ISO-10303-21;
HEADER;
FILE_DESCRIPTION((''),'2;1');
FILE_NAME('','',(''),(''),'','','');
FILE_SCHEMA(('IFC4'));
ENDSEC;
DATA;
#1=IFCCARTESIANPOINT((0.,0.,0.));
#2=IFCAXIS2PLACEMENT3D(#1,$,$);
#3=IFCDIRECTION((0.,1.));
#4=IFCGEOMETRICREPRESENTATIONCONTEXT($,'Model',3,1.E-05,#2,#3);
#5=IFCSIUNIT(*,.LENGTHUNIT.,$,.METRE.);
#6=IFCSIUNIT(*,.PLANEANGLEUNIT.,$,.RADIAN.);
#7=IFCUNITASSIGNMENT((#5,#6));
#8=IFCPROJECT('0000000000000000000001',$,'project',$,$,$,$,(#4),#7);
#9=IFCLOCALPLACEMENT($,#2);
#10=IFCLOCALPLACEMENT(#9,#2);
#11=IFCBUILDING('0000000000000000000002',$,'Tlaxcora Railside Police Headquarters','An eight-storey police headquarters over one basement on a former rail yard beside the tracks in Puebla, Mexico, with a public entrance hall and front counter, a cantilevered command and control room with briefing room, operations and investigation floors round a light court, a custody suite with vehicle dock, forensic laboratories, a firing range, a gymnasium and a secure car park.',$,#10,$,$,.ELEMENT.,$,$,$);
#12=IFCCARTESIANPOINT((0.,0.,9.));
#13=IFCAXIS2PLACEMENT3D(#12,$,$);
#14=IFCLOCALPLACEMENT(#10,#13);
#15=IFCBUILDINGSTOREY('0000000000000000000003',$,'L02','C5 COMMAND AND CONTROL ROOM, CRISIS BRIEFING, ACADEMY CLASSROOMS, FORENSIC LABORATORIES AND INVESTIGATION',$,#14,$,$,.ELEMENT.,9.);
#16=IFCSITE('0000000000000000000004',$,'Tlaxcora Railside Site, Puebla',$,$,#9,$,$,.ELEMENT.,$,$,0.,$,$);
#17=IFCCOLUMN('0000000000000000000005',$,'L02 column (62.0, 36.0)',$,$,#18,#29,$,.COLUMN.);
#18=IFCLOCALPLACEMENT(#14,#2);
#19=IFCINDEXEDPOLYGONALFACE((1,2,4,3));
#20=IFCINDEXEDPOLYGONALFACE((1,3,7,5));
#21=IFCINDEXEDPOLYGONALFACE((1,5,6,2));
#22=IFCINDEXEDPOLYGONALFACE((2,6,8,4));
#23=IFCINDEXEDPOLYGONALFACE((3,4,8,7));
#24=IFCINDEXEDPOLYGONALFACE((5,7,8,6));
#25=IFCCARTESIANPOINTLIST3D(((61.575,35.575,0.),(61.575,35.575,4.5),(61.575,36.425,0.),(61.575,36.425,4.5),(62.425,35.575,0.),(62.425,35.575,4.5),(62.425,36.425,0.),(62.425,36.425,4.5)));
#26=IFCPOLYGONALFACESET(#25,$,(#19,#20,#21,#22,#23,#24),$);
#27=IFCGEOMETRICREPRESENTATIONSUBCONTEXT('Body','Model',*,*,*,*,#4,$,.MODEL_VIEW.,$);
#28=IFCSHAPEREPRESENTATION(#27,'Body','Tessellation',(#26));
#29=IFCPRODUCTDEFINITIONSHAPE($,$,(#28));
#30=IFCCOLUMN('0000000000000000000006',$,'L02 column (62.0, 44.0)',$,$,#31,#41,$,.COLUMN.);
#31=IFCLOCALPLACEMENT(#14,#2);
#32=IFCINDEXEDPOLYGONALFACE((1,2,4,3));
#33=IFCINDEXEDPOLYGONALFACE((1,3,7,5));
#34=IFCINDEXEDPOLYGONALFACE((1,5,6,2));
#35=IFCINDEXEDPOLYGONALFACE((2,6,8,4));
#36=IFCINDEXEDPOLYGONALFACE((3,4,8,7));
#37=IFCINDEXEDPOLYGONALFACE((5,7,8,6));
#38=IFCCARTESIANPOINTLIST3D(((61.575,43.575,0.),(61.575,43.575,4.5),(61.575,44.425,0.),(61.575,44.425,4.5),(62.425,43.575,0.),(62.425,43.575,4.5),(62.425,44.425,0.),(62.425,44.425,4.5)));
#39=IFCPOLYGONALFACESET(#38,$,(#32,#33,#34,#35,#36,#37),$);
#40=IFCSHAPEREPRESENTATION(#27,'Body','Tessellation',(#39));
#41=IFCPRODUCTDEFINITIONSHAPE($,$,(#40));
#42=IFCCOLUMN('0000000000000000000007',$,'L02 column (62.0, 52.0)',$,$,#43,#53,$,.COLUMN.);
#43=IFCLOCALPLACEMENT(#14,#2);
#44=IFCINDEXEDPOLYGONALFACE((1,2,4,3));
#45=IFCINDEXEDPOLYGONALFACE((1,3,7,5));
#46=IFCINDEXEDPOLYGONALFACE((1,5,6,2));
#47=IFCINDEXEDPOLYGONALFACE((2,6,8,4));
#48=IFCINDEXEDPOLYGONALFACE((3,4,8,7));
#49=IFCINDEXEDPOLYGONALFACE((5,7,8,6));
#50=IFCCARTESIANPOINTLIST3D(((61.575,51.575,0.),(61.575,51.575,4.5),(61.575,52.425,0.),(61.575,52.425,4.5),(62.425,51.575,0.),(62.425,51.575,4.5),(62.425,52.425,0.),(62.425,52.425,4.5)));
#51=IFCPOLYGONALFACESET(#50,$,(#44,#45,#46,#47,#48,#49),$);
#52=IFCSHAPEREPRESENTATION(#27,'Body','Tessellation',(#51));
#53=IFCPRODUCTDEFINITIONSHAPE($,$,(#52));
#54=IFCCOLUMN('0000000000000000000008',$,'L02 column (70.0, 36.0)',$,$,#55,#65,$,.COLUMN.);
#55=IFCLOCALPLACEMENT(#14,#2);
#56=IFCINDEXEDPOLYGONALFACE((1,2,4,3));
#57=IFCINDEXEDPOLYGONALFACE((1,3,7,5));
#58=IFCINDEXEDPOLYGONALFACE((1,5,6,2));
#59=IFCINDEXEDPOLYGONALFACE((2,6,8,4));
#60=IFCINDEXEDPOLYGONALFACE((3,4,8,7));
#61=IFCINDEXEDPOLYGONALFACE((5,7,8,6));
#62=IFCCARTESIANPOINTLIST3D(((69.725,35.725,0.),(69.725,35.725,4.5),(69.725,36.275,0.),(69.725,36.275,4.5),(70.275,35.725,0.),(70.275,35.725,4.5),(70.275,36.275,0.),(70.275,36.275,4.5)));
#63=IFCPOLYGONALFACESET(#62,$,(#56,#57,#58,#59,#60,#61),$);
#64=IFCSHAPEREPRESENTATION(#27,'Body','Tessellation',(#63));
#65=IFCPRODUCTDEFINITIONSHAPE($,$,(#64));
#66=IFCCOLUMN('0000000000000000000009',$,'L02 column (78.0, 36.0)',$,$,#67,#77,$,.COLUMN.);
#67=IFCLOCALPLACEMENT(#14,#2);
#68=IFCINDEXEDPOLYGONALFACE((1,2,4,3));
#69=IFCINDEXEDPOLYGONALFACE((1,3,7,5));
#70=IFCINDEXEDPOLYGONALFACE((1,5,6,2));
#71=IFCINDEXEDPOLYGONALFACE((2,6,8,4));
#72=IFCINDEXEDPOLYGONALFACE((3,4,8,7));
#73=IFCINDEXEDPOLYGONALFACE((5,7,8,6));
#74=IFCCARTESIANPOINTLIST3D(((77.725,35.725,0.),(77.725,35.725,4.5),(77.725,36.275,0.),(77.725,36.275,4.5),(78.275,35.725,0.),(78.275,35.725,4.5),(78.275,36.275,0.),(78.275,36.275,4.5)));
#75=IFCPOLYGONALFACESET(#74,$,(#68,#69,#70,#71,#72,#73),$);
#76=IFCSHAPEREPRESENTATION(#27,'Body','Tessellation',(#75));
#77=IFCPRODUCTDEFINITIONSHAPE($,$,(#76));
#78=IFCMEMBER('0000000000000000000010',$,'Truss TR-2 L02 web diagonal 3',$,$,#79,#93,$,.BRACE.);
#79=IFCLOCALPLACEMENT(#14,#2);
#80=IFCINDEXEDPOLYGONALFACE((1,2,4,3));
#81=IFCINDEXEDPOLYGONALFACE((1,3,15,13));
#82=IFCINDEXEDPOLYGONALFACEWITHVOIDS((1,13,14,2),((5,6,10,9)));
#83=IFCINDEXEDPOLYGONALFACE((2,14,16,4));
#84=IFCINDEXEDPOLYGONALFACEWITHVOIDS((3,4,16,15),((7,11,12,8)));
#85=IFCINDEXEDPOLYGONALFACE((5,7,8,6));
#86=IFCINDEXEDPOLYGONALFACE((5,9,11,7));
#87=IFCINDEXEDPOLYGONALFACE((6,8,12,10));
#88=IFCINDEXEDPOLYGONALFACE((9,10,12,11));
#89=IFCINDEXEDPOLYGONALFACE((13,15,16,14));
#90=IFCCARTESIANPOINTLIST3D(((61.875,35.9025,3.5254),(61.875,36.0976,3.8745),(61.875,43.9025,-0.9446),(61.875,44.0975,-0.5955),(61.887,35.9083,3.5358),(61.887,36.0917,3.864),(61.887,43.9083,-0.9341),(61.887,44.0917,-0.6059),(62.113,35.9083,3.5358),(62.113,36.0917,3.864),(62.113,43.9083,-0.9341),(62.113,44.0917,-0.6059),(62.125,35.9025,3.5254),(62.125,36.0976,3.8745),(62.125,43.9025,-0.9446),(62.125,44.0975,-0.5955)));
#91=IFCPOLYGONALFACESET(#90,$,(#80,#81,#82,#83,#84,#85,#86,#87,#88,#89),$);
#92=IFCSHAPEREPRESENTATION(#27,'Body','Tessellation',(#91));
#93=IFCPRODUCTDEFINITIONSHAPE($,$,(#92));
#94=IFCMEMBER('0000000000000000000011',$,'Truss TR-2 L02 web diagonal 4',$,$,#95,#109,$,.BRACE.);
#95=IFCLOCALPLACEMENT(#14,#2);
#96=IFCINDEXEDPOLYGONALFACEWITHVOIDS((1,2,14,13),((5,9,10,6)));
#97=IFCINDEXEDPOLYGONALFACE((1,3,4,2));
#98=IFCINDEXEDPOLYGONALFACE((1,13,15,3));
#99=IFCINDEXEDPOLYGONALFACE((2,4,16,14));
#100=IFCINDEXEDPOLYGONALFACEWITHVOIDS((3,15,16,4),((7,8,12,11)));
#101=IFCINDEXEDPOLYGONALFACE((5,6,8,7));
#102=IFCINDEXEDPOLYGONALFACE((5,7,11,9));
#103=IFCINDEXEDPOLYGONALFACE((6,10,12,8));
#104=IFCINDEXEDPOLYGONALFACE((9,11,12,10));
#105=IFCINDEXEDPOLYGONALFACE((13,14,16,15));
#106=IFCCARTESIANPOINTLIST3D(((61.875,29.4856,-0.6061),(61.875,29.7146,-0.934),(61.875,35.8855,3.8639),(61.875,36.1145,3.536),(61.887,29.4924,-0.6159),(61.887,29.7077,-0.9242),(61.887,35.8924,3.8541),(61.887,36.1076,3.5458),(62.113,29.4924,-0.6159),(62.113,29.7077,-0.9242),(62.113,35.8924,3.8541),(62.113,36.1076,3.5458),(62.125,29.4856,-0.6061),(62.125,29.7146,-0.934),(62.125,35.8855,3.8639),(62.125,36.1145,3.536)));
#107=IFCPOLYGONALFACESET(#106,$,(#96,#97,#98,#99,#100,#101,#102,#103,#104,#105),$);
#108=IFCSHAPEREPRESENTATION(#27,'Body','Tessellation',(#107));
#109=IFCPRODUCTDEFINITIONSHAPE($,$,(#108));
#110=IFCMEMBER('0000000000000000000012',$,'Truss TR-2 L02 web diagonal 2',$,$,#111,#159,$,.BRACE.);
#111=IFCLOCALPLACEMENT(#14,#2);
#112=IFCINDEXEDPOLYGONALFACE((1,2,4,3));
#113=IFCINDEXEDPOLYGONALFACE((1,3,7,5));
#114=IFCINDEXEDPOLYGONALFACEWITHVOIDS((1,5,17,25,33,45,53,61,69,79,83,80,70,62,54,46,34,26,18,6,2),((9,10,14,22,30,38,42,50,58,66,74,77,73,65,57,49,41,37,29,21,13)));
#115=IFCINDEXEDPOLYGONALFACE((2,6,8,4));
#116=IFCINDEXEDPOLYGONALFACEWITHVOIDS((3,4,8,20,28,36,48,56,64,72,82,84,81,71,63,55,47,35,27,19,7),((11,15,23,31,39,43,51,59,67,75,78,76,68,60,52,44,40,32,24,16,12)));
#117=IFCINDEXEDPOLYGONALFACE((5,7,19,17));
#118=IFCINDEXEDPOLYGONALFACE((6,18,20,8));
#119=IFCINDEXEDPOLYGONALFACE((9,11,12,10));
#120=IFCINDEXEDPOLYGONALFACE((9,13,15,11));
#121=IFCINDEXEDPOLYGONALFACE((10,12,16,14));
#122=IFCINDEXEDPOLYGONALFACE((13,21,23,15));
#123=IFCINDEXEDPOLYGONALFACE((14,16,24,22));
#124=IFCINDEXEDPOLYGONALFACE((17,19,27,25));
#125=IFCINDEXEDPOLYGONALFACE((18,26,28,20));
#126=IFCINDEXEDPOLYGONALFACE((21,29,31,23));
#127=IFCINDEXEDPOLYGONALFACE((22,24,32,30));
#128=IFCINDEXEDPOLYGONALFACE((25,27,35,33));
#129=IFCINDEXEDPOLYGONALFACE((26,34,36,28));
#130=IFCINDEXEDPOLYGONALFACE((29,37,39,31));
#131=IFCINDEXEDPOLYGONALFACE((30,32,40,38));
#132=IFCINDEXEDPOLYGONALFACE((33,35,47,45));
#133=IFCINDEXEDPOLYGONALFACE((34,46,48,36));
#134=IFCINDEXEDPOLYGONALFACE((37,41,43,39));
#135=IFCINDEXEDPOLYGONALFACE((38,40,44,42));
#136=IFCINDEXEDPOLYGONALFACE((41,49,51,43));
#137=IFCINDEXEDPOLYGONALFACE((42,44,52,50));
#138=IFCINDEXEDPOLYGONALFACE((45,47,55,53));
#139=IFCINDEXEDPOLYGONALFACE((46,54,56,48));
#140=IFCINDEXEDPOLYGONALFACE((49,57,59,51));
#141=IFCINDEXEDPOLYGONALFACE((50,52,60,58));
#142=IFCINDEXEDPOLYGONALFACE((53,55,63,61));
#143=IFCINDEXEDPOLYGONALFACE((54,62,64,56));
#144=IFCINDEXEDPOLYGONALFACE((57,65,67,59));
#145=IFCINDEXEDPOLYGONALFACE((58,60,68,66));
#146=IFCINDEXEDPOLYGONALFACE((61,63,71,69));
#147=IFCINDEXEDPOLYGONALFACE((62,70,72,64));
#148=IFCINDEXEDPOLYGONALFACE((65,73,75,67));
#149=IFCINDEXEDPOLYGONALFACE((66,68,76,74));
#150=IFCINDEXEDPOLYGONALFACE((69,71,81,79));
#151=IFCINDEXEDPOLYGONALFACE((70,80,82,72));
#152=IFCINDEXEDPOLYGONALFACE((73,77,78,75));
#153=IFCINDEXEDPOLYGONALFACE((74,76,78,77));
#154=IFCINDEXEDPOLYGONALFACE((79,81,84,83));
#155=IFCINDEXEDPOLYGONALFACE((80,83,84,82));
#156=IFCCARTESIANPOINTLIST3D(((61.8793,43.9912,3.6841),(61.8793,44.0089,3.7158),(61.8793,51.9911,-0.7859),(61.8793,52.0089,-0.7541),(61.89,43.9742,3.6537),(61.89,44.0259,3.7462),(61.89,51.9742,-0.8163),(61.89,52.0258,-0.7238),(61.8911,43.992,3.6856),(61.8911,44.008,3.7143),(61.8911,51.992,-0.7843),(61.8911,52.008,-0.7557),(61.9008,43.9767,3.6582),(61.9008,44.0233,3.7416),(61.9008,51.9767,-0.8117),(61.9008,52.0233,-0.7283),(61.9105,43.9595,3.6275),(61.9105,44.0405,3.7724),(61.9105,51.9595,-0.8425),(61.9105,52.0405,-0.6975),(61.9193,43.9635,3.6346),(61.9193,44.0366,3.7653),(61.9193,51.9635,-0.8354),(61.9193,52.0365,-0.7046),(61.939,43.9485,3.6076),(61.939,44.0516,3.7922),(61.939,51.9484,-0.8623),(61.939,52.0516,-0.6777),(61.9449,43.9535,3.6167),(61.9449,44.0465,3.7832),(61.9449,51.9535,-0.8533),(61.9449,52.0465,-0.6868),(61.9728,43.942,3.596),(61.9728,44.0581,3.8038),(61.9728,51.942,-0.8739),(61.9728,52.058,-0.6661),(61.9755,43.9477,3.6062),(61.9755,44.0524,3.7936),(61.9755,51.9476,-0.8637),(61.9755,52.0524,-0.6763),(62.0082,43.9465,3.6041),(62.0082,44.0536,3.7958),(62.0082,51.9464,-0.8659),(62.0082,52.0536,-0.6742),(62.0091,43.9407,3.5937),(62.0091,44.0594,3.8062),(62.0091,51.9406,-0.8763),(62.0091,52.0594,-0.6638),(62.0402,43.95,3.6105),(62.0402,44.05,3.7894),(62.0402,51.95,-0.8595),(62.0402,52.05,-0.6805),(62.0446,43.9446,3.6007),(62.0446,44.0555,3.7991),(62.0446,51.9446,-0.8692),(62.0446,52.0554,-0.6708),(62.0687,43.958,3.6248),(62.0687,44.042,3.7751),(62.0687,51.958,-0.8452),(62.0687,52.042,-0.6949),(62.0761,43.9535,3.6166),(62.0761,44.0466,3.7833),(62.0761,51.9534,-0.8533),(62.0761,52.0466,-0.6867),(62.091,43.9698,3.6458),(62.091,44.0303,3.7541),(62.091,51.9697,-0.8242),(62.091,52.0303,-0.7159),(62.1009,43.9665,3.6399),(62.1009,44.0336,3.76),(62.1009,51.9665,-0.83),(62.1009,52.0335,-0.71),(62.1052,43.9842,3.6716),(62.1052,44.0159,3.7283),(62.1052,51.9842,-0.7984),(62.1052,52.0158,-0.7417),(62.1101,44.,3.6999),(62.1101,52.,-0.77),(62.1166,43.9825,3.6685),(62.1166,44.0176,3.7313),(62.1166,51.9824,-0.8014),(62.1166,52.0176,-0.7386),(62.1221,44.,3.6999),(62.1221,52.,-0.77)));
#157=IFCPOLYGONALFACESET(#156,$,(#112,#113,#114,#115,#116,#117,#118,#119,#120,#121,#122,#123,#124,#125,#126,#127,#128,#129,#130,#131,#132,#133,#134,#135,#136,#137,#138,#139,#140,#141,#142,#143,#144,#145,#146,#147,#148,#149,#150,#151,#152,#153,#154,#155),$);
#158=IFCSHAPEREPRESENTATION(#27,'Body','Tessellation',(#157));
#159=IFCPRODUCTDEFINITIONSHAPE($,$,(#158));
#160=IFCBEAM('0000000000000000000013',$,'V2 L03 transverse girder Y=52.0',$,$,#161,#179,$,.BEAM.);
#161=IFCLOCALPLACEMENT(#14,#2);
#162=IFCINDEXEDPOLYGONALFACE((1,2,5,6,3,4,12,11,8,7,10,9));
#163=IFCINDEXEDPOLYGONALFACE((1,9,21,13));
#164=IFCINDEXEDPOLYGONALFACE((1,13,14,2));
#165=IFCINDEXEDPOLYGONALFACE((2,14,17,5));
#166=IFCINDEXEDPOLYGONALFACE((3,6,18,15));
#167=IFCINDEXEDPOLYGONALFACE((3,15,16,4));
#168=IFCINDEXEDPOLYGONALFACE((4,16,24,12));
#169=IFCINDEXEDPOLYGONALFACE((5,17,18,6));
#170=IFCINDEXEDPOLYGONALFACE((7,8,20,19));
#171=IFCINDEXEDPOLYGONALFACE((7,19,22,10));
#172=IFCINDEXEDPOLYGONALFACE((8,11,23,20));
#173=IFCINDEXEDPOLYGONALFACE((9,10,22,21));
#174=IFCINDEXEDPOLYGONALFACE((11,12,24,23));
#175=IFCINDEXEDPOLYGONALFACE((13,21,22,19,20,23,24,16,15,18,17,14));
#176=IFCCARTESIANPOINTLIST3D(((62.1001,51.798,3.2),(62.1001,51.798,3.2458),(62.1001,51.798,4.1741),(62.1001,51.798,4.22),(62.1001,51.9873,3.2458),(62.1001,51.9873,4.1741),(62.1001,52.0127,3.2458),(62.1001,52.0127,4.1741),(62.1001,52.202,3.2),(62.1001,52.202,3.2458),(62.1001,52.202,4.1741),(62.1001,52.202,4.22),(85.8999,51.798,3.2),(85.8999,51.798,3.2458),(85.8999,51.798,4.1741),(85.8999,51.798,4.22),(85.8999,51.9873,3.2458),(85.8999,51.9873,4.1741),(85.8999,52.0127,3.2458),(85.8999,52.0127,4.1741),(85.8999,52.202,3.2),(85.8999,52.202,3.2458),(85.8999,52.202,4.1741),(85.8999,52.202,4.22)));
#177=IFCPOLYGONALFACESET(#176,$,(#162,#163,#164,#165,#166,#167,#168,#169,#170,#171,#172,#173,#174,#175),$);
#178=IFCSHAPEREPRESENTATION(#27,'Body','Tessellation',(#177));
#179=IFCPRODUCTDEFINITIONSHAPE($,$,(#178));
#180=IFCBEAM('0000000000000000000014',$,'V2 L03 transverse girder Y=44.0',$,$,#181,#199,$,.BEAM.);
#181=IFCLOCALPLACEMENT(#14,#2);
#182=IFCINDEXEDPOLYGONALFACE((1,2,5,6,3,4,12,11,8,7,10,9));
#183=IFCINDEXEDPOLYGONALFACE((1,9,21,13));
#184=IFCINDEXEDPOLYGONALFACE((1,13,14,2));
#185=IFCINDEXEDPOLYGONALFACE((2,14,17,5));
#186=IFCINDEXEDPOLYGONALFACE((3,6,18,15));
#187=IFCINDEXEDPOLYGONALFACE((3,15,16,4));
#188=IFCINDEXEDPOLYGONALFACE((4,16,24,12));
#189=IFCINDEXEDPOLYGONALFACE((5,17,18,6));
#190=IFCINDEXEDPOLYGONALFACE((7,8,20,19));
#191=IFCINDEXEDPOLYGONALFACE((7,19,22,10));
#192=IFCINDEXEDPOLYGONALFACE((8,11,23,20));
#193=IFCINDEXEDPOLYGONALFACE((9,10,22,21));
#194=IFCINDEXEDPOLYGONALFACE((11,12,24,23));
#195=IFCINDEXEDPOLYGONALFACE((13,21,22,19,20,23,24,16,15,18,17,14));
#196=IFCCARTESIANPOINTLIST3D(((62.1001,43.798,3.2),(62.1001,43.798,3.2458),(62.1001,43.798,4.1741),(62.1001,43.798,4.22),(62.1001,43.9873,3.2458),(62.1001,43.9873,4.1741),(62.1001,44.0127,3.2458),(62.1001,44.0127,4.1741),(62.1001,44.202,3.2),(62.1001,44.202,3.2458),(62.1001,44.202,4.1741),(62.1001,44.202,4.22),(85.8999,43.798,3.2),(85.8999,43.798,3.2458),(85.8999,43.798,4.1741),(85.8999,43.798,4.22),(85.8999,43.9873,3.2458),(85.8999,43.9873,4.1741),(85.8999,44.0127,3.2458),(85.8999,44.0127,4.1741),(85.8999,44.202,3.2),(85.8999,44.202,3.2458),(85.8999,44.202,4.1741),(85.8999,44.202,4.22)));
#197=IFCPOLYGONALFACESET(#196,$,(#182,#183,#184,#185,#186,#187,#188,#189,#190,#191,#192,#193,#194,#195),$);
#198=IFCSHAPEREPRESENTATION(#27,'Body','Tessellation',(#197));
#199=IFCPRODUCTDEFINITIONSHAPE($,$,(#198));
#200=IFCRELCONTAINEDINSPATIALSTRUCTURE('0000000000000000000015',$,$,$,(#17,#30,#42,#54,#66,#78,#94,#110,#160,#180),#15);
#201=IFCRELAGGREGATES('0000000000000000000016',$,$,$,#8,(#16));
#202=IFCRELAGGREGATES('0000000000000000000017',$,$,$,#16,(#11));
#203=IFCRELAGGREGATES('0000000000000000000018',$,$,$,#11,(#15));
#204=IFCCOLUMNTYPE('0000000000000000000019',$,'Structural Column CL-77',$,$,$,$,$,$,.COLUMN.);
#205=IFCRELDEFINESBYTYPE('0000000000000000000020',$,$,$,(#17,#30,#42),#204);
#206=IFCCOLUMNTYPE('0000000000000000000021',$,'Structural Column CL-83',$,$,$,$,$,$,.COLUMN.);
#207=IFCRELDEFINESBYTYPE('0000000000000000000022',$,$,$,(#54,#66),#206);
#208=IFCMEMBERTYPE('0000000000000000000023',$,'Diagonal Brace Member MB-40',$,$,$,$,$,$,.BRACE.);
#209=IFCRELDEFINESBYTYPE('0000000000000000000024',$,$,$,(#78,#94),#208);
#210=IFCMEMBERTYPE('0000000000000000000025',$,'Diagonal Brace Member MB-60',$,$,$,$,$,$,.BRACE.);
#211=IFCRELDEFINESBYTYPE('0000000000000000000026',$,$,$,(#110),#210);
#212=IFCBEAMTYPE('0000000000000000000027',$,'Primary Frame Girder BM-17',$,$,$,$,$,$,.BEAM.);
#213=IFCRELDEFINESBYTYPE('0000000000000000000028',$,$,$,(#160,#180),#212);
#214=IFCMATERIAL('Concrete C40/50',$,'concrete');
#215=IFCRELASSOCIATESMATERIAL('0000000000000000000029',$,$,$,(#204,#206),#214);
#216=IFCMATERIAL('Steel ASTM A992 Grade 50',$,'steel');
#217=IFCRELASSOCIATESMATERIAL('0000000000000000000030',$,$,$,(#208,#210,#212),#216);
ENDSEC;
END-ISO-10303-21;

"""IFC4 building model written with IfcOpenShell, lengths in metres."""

from ifc_helpers import new_model, si_unit, direction, frame, origin, origin_2d, place, context, subcontext, project, spatial, rectangle, hollow_rectangle, hollow_circle, i_section, extrude, material, material_profile, profile_set, type_object, element, save


model = new_model("IFC4")

# Units and contexts
model_context = context("Model", 3, precision=1e-05, world=origin(), true_north=direction((0.0, 1.0)))
body_context = subcontext(model_context, "Body", "Model", "MODEL_VIEW")
ifc_project = project(units=[si_unit("LENGTHUNIT", "METRE"), si_unit("PLANEANGLEUNIT", "RADIAN")], contexts=[model_context])

# Site, building, storey
site_placement = place(None, origin())
site = spatial("IfcSite", under=ifc_project, at=site_placement, Name="Tlaxcora Railside Site, Puebla", CompositionType="ELEMENT", RefElevation=0.0)
building_placement = place(site_placement, origin())
building = spatial("IfcBuilding", under=site, at=building_placement, Name="Tlaxcora Railside Police Headquarters", Description="An eight-storey police headquarters over one basement on a former rail yard beside the tracks in Puebla, Mexico, with a public entrance hall and front counter, a cantilevered command and control room with briefing room, operations and investigation floors round a light court, a custody suite with vehicle dock, forensic laboratories, a firing range, a gymnasium and a secure car park.", CompositionType="ELEMENT")
storey_placement = place(building_placement, frame((0.0, 0.0, 9.0)))
storey = spatial("IfcBuildingStorey", under=building, at=storey_placement, Name="L02", Description="C5 COMMAND AND CONTROL ROOM, CRISIS BRIEFING, ACADEMY CLASSROOMS, FORENSIC LABORATORIES AND INVESTIGATION", CompositionType="ELEMENT", Elevation=9.0)

# Columns
ifc_material_1 = material(Name="Concrete C40/50", Category="concrete")
ifc_material_profile_1 = material_profile(ifc_material_1, rectangle(XDim=0.8501, YDim=0.8501, at=origin_2d()), Name="RC850X850")
ifc_profile_set_1 = profile_set([ifc_material_profile_1], Name="Concrete C40/50")
column_type_1 = type_object("IfcColumnType", Name="Structural Column CL-77", PredefinedType="COLUMN", material=ifc_profile_set_1)
for number, where, z_axis, x_axis, name in (
    (1, (62.0, 36.0, 0.0), (0.0, 0.0, 1.0), (1.0, 0.0, 0.0), "L02 column (62.0, 36.0)"),
    (2, (62.0, 44.0, 0.0), (0.0, 0.0, 1.0), (1.0, 0.0, 0.0), "L02 column (62.0, 44.0)"),
    (3, (62.0, 52.0, 0.0), (0.0, 0.0, 1.0), (1.0, 0.0, 0.0), "L02 column (62.0, 52.0)"),
):
    element("IfcColumn", number, at=place(storey_placement, frame(where, z_axis=z_axis, x_axis=x_axis)), inside=storey, type_object=column_type_1, Name=name, PredefinedType="COLUMN", context=body_context, shape_type="SweptSolid", body=[
        extrude(rectangle(XDim=0.8501, YDim=0.8501, at=origin_2d()), origin(), (0.0, 0.0, 1.0), 4.5),
    ])
ifc_material_profile_2 = material_profile(ifc_material_1, rectangle(XDim=0.55, YDim=0.55, at=origin_2d()), Name="RC550X550")
ifc_profile_set_2 = profile_set([ifc_material_profile_2], Name="Concrete C40/50")
column_type_2 = type_object("IfcColumnType", Name="Structural Column CL-83", PredefinedType="COLUMN", material=ifc_profile_set_2)
for number, where, z_axis, x_axis, name in (
    (4, (70.0, 36.0, 0.0), (0.0, 0.0, 1.0), (1.0, 0.0, 0.0), "L02 column (70.0, 36.0)"),
    (5, (78.0, 36.0, 0.0), (0.0, 0.0, 1.0), (1.0, 0.0, 0.0), "L02 column (78.0, 36.0)"),
):
    element("IfcColumn", number, at=place(storey_placement, frame(where, z_axis=z_axis, x_axis=x_axis)), inside=storey, type_object=column_type_2, Name=name, PredefinedType="COLUMN", context=body_context, shape_type="SweptSolid", body=[
        extrude(rectangle(XDim=0.55, YDim=0.55, at=origin_2d()), origin(), (0.0, 0.0, 1.0), 4.5),
    ])

# Members
ifc_material_2 = material(Name="Steel ASTM A992 Grade 50", Category="steel")
ifc_material_profile_3 = material_profile(ifc_material_2, hollow_rectangle(XDim=0.25, YDim=0.3999, WallThickness=0.012, at=origin_2d()), Name="HSS400X250X12")
ifc_profile_set_3 = profile_set([ifc_material_profile_3], Name="Steel ASTM A992 Grade 50")
member_type_1 = type_object("IfcMemberType", Name="Diagonal Brace Member MB-40", PredefinedType="BRACE", material=ifc_profile_set_3)
member_1_placement = place(storey_placement, frame((62.0, 44.0, -0.77), z_axis=(0.0, -0.872972, 0.48777), x_axis=(1.0, 0.0, 0.0)))
element("IfcMember", 6, at=member_1_placement, inside=storey, type_object=member_type_1, Name="Truss TR-2 L02 web diagonal 3", PredefinedType="BRACE", context=body_context, shape_type="SweptSolid", body=[
    extrude(hollow_rectangle(XDim=0.25, YDim=0.3999, WallThickness=0.012, at=origin_2d()), origin(), (0.0, 0.0, 1.0), 9.1641),
])
member_2_placement = place(storey_placement, frame((62.0, 36.0, 3.7), z_axis=(0.0, -0.819831, -0.572606), x_axis=(1.0, 0.0, 0.0)))
element("IfcMember", 7, at=member_2_placement, inside=storey, type_object=member_type_1, Name="Truss TR-2 L02 web diagonal 4", PredefinedType="BRACE", context=body_context, shape_type="SweptSolid", body=[
    extrude(hollow_rectangle(XDim=0.25, YDim=0.3999, WallThickness=0.012, at=origin_2d()), origin(), (0.0, 0.0, 1.0), 7.8064),
])
ifc_material_profile_4 = material_profile(ifc_material_2, hollow_circle(Radius=0.1221, WallThickness=0.012, at=origin_2d()), Name="CHS244X12")
ifc_profile_set_4 = profile_set([ifc_material_profile_4], Name="Steel ASTM A992 Grade 50")
member_type_2 = type_object("IfcMemberType", Name="Diagonal Brace Member MB-60", PredefinedType="BRACE", material=ifc_profile_set_4)
member_3_placement = place(storey_placement, frame((62.0, 52.0, -0.77), z_axis=(0.0, -0.872972, 0.48777), x_axis=(1.0, 0.0, 0.0)))
element("IfcMember", 8, at=member_3_placement, inside=storey, type_object=member_type_2, Name="Truss TR-2 L02 web diagonal 2", PredefinedType="BRACE", context=body_context, shape_type="SweptSolid", body=[
    extrude(hollow_circle(Radius=0.1221, WallThickness=0.012, at=origin_2d()), origin(), (0.0, 0.0, 1.0), 9.1641),
])

# Beams
ifc_material_profile_5 = material_profile(ifc_material_2, i_section(OverallWidth=0.4041, OverallDepth=1.02, WebThickness=0.0254, FlangeThickness=0.0459, at=origin_2d()), Name="W40X324")
ifc_profile_set_5 = profile_set([ifc_material_profile_5], Name="Steel ASTM A992 Grade 50")
beam_type_1 = type_object("IfcBeamType", Name="Primary Frame Girder BM-17", PredefinedType="BEAM", material=ifc_profile_set_5)
for number, where, z_axis, x_axis, name in (
    (9, (62.1001, 52.0, 3.71), (1.0, 0.0, 0.0), (0.0, 1.0, 0.0), "V2 L03 transverse girder Y=52.0"),
    (10, (62.1001, 44.0, 3.71), (1.0, 0.0, 0.0), (0.0, 1.0, 0.0), "V2 L03 transverse girder Y=44.0"),
):
    element("IfcBeam", number, at=place(storey_placement, frame(where, z_axis=z_axis, x_axis=x_axis)), inside=storey, type_object=beam_type_1, Name=name, PredefinedType="BEAM", context=body_context, shape_type="SweptSolid", body=[
        extrude(i_section(OverallWidth=0.4041, OverallDepth=1.02, WebThickness=0.0254, FlangeThickness=0.0459, at=origin_2d()), origin(), (0.0, 0.0, 1.0), 23.7998),
    ])

save(model, "model.ifc")
